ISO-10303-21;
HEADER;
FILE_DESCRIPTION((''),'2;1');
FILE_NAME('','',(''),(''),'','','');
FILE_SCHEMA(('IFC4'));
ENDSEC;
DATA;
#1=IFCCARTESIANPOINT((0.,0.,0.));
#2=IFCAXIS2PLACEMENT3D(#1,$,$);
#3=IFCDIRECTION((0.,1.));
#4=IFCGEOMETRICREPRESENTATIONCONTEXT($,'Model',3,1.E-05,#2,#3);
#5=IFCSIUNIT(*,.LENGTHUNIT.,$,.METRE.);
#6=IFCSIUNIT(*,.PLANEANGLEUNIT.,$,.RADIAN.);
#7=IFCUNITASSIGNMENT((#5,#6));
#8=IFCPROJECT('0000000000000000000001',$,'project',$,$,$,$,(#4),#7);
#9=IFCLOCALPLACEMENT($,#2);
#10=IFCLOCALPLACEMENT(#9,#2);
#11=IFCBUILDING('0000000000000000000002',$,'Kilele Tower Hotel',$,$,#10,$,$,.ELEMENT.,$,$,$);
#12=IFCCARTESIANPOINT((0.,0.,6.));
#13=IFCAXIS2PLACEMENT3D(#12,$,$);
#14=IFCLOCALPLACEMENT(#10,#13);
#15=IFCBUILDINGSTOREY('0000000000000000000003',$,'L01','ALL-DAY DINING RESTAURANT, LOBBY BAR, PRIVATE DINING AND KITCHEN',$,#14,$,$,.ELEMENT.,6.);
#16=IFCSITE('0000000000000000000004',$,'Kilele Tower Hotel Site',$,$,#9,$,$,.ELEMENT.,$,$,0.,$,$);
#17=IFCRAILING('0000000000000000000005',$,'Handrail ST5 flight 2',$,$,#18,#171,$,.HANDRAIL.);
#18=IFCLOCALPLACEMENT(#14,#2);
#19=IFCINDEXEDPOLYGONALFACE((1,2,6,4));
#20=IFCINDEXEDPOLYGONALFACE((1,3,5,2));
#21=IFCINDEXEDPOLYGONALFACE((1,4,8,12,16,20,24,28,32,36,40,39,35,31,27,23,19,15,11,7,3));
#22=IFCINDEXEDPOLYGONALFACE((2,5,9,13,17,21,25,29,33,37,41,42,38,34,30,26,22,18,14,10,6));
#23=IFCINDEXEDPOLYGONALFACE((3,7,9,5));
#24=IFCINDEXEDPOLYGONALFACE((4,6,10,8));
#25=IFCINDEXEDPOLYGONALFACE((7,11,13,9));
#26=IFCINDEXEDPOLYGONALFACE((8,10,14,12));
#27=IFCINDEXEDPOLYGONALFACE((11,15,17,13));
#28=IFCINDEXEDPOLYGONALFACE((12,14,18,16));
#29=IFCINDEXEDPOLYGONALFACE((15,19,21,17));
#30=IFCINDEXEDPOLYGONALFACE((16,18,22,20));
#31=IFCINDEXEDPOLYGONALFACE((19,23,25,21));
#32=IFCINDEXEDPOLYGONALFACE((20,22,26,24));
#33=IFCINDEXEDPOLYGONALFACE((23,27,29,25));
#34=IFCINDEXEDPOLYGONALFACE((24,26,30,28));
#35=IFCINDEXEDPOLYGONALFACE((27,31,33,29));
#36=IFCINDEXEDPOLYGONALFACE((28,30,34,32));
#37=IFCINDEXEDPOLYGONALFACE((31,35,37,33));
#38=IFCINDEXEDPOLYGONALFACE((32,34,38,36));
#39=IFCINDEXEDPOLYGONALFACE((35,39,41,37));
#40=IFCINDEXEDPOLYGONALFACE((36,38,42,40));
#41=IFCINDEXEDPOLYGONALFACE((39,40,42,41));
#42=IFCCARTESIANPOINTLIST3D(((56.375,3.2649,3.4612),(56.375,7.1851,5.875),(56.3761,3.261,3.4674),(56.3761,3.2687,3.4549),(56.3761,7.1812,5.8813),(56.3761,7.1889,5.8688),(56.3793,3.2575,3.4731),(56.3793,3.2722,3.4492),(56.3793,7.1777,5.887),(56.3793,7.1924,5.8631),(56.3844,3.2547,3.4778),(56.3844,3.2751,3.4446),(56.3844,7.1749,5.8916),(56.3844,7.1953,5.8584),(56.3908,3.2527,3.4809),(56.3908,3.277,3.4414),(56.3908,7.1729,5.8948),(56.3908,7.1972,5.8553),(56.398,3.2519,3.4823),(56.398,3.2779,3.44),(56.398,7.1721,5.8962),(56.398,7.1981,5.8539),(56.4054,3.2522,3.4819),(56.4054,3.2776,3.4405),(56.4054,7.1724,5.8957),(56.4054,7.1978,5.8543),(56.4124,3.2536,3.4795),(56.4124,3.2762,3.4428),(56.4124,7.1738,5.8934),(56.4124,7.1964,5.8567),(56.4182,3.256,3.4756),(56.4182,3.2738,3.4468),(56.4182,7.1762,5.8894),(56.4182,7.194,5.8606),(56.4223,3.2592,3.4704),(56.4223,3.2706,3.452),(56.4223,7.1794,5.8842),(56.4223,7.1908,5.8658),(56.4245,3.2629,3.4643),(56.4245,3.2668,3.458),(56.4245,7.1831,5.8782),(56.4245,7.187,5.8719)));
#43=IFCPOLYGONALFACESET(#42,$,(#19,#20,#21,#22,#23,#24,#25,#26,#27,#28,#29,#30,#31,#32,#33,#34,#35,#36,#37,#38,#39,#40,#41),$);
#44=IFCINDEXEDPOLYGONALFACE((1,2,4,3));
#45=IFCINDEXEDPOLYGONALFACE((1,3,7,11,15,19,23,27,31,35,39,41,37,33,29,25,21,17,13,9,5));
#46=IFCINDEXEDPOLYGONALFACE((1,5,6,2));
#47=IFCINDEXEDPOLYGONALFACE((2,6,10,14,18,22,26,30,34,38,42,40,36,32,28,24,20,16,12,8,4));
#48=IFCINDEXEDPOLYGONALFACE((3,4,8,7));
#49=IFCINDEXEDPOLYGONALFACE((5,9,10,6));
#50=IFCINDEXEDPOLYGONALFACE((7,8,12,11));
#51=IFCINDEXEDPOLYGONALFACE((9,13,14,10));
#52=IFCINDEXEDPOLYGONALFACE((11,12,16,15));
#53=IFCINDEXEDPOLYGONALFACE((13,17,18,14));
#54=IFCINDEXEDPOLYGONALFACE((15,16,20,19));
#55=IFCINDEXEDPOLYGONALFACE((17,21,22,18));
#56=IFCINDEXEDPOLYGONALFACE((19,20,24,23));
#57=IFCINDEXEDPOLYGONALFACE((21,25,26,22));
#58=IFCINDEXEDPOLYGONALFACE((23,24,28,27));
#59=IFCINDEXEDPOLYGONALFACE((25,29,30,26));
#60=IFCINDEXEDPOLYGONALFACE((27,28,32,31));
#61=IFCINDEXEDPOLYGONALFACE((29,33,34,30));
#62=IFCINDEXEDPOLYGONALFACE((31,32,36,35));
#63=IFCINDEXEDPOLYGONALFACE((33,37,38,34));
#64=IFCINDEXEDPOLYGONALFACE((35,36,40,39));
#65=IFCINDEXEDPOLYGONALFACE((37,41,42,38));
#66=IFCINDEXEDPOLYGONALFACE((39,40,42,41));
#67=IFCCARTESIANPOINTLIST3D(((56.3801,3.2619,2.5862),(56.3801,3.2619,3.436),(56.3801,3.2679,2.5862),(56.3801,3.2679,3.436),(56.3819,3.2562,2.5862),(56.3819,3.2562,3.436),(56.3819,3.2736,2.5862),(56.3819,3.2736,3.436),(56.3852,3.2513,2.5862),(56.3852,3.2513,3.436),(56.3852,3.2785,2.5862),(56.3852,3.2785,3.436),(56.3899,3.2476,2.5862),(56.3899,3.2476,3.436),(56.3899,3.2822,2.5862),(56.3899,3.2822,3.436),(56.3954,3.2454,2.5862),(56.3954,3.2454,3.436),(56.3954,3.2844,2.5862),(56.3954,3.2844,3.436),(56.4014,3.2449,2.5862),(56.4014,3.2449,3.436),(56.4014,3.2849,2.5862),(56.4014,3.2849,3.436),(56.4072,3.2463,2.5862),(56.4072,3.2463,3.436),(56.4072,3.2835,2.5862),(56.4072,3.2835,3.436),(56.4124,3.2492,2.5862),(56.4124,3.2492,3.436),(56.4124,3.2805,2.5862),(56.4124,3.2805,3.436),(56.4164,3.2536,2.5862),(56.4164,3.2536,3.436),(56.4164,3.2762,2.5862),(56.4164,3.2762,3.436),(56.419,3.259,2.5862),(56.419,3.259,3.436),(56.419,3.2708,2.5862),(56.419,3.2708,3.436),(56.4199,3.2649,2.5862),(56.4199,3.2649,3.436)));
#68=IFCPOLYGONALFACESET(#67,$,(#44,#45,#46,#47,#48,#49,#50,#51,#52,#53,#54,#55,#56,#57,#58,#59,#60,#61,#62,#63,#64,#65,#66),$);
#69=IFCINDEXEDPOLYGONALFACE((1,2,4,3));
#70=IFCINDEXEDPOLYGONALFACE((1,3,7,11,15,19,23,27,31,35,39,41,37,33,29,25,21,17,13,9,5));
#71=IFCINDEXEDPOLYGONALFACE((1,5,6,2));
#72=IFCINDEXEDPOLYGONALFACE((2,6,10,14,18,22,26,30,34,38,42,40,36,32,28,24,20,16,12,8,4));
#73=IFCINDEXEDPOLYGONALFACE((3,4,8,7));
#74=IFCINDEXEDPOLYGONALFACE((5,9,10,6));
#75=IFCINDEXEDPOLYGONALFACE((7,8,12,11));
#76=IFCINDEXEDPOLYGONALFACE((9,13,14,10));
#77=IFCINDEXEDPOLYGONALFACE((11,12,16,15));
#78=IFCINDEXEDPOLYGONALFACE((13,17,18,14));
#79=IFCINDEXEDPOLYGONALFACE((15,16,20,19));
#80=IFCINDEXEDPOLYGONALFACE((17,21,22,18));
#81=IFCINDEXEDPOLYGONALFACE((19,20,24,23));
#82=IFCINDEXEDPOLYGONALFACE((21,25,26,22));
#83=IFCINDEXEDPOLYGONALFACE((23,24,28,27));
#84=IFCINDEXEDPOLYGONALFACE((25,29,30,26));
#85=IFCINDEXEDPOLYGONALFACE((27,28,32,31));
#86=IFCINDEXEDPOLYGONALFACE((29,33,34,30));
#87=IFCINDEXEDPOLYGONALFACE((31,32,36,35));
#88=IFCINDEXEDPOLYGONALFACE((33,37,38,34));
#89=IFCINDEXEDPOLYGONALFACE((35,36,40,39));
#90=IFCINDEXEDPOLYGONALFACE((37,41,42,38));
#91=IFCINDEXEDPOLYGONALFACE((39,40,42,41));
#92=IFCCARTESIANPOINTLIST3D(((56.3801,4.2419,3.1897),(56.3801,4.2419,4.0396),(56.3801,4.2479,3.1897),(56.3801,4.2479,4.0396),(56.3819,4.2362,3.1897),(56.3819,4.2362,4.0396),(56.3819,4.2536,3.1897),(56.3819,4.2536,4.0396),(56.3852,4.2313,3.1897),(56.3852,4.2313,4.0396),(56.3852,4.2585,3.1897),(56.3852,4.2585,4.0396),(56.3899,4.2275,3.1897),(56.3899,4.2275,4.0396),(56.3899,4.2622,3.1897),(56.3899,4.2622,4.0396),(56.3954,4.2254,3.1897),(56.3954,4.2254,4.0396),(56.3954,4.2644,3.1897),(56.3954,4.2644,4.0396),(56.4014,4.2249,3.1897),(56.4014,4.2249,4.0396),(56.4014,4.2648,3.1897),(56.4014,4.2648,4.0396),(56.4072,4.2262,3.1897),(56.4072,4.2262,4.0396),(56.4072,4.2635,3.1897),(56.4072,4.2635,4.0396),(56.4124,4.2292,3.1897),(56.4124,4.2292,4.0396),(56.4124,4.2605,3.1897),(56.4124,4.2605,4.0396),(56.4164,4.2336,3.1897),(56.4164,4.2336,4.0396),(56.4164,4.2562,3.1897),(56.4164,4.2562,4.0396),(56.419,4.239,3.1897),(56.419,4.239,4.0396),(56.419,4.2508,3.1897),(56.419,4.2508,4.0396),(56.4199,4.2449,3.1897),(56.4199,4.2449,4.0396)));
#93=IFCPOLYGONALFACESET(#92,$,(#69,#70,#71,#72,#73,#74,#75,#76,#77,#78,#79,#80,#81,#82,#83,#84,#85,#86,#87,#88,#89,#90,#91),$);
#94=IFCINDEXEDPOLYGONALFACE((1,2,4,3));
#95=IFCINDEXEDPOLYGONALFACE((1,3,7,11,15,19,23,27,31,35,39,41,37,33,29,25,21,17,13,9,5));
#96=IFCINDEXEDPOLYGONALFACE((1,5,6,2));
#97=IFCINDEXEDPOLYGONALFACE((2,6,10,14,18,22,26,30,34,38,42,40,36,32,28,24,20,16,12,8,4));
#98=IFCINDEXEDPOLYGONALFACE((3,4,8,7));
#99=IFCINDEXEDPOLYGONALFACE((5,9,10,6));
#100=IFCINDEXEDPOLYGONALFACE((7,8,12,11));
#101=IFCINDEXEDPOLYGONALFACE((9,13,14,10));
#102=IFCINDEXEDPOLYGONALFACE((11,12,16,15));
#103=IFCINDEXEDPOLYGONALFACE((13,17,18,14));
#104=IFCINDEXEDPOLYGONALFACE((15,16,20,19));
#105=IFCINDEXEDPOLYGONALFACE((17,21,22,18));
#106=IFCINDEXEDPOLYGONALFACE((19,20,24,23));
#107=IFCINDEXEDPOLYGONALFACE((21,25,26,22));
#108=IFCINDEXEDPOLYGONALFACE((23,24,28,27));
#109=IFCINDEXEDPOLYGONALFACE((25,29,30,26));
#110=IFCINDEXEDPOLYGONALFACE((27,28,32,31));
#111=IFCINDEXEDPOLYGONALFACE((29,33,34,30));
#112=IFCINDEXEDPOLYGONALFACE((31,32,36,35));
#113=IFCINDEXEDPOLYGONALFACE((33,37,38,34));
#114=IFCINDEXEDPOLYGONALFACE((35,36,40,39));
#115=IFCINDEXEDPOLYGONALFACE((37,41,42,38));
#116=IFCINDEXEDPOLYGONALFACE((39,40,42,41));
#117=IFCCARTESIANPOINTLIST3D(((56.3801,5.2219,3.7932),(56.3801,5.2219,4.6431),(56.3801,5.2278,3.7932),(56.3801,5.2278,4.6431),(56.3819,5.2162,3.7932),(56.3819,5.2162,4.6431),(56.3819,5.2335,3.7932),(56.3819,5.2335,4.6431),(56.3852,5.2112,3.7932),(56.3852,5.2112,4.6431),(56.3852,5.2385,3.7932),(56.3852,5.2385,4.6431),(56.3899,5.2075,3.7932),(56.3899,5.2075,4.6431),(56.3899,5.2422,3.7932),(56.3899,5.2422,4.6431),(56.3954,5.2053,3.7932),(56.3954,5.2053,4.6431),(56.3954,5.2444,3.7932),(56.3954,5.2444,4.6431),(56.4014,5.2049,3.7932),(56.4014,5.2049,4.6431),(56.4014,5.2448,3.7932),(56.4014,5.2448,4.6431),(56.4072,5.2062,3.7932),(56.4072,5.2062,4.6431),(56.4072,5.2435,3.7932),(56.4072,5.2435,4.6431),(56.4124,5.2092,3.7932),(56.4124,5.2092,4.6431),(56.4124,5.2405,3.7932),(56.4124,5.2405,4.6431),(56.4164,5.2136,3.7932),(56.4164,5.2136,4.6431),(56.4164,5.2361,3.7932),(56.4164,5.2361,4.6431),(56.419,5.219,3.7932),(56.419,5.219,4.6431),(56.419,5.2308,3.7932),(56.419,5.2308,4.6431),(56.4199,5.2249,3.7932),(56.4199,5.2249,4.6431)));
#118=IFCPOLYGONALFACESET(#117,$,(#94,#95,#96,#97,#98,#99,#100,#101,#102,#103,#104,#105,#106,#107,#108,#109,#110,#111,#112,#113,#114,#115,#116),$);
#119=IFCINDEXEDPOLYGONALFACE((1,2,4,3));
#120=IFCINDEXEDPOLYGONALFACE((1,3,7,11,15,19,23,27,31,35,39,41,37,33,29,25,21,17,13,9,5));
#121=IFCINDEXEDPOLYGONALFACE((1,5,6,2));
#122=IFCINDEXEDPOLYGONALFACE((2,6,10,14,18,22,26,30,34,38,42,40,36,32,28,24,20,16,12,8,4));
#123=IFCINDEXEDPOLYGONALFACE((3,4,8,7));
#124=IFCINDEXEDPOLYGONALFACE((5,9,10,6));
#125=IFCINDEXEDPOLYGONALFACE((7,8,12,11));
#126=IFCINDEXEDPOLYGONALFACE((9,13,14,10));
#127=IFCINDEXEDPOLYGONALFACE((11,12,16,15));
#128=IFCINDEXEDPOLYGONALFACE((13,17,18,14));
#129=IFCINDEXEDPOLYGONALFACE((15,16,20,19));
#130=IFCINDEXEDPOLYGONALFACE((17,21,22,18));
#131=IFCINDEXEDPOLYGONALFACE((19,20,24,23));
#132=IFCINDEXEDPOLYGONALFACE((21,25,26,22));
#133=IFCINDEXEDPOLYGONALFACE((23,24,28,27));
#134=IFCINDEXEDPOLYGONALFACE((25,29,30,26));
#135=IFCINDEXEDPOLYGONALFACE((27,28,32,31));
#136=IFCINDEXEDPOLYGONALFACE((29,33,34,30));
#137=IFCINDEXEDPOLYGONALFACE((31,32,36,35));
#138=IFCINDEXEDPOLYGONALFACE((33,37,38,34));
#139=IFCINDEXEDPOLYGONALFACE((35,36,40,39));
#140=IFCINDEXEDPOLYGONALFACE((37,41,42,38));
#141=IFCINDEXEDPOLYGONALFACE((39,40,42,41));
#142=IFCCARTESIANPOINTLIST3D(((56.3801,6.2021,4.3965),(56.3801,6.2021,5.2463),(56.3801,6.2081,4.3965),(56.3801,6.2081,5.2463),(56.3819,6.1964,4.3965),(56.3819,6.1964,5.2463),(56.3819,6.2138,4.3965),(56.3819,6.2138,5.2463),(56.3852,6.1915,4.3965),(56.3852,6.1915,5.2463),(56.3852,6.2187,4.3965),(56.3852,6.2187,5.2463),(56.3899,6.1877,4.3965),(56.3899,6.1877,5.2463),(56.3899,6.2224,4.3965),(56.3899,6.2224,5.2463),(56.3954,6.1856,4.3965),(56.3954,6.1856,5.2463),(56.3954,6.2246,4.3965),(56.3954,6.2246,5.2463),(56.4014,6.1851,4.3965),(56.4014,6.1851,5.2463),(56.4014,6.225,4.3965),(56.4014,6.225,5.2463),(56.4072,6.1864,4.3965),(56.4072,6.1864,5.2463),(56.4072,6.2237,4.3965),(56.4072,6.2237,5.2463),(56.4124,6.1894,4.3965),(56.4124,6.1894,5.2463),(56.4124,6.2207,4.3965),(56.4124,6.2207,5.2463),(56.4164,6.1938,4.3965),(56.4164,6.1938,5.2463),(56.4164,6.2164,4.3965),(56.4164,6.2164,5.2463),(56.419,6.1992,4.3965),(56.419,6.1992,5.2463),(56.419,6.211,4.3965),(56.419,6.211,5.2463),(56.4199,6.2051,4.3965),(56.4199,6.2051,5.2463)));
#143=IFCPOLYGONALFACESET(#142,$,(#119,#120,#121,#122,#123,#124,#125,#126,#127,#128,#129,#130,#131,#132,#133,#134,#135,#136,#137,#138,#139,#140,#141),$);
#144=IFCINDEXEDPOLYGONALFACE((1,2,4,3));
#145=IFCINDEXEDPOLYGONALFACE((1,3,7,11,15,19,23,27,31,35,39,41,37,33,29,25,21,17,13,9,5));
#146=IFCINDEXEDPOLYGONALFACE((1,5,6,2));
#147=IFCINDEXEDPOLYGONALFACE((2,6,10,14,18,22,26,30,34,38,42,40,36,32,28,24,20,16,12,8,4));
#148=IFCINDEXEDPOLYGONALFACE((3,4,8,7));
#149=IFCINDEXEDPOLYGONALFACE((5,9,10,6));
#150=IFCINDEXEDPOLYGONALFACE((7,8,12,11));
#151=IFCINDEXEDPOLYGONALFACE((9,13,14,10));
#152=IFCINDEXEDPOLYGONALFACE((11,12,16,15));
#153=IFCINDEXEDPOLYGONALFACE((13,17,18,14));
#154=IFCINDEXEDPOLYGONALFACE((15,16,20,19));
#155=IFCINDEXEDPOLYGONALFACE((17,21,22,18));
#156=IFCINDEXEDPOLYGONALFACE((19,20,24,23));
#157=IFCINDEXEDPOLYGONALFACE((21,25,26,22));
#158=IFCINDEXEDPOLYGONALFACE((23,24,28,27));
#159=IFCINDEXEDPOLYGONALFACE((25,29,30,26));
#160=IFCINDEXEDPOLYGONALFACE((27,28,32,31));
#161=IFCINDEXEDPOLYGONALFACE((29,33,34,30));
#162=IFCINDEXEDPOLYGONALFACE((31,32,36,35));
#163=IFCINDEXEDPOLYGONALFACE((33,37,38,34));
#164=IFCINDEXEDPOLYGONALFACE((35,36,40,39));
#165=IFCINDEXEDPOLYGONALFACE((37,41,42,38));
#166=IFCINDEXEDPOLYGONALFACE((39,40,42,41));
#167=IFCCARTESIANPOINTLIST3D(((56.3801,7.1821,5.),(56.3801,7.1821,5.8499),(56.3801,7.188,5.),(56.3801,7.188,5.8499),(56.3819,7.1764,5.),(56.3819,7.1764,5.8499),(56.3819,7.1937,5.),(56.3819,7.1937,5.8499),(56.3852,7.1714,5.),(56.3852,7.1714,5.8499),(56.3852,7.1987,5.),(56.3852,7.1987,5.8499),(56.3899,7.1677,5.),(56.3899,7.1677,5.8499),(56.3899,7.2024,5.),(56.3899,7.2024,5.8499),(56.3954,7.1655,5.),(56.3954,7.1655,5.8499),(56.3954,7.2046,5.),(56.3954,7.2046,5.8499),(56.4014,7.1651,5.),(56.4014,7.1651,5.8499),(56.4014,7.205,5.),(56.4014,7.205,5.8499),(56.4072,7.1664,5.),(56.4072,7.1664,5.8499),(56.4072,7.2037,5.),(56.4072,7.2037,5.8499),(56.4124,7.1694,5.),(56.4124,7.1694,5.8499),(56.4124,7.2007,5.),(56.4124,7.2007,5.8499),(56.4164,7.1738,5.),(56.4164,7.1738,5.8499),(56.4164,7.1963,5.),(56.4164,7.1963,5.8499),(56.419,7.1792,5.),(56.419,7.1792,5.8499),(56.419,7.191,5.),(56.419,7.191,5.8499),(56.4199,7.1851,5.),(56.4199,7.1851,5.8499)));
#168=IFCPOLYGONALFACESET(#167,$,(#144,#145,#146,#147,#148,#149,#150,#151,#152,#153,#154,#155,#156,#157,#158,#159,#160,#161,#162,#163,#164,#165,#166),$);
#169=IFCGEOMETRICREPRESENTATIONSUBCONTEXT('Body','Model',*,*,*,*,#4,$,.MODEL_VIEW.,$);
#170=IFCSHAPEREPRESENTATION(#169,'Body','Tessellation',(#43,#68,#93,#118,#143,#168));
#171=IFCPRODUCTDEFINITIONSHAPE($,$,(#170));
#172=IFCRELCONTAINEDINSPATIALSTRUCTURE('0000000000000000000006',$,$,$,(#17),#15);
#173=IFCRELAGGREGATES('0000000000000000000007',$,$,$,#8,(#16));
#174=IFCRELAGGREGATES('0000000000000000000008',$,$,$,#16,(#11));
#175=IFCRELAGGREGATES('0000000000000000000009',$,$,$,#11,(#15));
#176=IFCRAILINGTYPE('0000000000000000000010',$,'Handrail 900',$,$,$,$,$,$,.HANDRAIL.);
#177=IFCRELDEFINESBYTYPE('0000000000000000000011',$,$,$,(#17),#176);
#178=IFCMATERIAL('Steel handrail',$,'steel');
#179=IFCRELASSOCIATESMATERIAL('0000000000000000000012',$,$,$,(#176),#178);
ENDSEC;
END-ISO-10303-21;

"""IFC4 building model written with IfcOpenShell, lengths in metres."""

from ifc_helpers import new_model, si_unit, direction, frame, origin, origin_2d, place, context, subcontext, project, spatial, circle, extrude, material, type_object, element, save


model = new_model("IFC4")

# Units and contexts
model_context = context("Model", 3, precision=1e-05, world=origin(), true_north=direction((0.0, 1.0)))
body_context = subcontext(model_context, "Body", "Model", "MODEL_VIEW")
ifc_project = project(units=[si_unit("LENGTHUNIT", "METRE"), si_unit("PLANEANGLEUNIT", "RADIAN")], contexts=[model_context])

# Site, building, storey
site_placement = place(None, origin())
site = spatial("IfcSite", under=ifc_project, at=site_placement, Name="Kilele Tower Hotel Site", CompositionType="ELEMENT", RefElevation=0.0)
building_placement = place(site_placement, origin())
building = spatial("IfcBuilding", under=site, at=building_placement, Name="Kilele Tower Hotel", CompositionType="ELEMENT")
storey_placement = place(building_placement, frame((0.0, 0.0, 6.0)))
storey = spatial("IfcBuildingStorey", under=building, at=storey_placement, Name="L01", Description="ALL-DAY DINING RESTAURANT, LOBBY BAR, PRIVATE DINING AND KITCHEN", CompositionType="ELEMENT", Elevation=6.0)

# Railing
ifc_material_1 = material(Name="Steel handrail", Category="steel")
railing_type_1 = type_object("IfcRailingType", Name="Handrail 900", PredefinedType="HANDRAIL", material=ifc_material_1)
for number, where, name in (
    (1, (56.3999, 3.2649, 2.5862), "Handrail ST5 flight 2"),
):
    element("IfcRailing", number, at=place(storey_placement, frame(where)), inside=storey, type_object=railing_type_1, Name=name, PredefinedType="HANDRAIL", context=body_context, shape_type="SweptSolid", body=[
        extrude(circle(Radius=0.0249, at=origin_2d()), frame((0.0, 0.0, 0.875), z_axis=(0.0, 0.851522, 0.524319), x_axis=(-1.0, 0.0, 0.0)), (0.0, 0.0, 1.0), 4.6038),
        extrude(circle(Radius=0.02, at=origin_2d()), origin(), (0.0, 0.0, 1.0), 0.8499),
        extrude(circle(Radius=0.02, at=origin_2d()), frame((0.0, 0.98, 0.6035)), (0.0, 0.0, 1.0), 0.8499),
        extrude(circle(Radius=0.02, at=origin_2d()), frame((0.0, 1.96, 1.207)), (0.0, 0.0, 1.0), 0.8499),
        extrude(circle(Radius=0.02, at=origin_2d()), frame((0.0, 2.9402, 1.8103)), (0.0, 0.0, 1.0), 0.8499),
        extrude(circle(Radius=0.02, at=origin_2d()), frame((0.0, 3.9202, 2.4138)), (0.0, 0.0, 1.0), 0.8499),
    ])

save(model, "model.ifc")
